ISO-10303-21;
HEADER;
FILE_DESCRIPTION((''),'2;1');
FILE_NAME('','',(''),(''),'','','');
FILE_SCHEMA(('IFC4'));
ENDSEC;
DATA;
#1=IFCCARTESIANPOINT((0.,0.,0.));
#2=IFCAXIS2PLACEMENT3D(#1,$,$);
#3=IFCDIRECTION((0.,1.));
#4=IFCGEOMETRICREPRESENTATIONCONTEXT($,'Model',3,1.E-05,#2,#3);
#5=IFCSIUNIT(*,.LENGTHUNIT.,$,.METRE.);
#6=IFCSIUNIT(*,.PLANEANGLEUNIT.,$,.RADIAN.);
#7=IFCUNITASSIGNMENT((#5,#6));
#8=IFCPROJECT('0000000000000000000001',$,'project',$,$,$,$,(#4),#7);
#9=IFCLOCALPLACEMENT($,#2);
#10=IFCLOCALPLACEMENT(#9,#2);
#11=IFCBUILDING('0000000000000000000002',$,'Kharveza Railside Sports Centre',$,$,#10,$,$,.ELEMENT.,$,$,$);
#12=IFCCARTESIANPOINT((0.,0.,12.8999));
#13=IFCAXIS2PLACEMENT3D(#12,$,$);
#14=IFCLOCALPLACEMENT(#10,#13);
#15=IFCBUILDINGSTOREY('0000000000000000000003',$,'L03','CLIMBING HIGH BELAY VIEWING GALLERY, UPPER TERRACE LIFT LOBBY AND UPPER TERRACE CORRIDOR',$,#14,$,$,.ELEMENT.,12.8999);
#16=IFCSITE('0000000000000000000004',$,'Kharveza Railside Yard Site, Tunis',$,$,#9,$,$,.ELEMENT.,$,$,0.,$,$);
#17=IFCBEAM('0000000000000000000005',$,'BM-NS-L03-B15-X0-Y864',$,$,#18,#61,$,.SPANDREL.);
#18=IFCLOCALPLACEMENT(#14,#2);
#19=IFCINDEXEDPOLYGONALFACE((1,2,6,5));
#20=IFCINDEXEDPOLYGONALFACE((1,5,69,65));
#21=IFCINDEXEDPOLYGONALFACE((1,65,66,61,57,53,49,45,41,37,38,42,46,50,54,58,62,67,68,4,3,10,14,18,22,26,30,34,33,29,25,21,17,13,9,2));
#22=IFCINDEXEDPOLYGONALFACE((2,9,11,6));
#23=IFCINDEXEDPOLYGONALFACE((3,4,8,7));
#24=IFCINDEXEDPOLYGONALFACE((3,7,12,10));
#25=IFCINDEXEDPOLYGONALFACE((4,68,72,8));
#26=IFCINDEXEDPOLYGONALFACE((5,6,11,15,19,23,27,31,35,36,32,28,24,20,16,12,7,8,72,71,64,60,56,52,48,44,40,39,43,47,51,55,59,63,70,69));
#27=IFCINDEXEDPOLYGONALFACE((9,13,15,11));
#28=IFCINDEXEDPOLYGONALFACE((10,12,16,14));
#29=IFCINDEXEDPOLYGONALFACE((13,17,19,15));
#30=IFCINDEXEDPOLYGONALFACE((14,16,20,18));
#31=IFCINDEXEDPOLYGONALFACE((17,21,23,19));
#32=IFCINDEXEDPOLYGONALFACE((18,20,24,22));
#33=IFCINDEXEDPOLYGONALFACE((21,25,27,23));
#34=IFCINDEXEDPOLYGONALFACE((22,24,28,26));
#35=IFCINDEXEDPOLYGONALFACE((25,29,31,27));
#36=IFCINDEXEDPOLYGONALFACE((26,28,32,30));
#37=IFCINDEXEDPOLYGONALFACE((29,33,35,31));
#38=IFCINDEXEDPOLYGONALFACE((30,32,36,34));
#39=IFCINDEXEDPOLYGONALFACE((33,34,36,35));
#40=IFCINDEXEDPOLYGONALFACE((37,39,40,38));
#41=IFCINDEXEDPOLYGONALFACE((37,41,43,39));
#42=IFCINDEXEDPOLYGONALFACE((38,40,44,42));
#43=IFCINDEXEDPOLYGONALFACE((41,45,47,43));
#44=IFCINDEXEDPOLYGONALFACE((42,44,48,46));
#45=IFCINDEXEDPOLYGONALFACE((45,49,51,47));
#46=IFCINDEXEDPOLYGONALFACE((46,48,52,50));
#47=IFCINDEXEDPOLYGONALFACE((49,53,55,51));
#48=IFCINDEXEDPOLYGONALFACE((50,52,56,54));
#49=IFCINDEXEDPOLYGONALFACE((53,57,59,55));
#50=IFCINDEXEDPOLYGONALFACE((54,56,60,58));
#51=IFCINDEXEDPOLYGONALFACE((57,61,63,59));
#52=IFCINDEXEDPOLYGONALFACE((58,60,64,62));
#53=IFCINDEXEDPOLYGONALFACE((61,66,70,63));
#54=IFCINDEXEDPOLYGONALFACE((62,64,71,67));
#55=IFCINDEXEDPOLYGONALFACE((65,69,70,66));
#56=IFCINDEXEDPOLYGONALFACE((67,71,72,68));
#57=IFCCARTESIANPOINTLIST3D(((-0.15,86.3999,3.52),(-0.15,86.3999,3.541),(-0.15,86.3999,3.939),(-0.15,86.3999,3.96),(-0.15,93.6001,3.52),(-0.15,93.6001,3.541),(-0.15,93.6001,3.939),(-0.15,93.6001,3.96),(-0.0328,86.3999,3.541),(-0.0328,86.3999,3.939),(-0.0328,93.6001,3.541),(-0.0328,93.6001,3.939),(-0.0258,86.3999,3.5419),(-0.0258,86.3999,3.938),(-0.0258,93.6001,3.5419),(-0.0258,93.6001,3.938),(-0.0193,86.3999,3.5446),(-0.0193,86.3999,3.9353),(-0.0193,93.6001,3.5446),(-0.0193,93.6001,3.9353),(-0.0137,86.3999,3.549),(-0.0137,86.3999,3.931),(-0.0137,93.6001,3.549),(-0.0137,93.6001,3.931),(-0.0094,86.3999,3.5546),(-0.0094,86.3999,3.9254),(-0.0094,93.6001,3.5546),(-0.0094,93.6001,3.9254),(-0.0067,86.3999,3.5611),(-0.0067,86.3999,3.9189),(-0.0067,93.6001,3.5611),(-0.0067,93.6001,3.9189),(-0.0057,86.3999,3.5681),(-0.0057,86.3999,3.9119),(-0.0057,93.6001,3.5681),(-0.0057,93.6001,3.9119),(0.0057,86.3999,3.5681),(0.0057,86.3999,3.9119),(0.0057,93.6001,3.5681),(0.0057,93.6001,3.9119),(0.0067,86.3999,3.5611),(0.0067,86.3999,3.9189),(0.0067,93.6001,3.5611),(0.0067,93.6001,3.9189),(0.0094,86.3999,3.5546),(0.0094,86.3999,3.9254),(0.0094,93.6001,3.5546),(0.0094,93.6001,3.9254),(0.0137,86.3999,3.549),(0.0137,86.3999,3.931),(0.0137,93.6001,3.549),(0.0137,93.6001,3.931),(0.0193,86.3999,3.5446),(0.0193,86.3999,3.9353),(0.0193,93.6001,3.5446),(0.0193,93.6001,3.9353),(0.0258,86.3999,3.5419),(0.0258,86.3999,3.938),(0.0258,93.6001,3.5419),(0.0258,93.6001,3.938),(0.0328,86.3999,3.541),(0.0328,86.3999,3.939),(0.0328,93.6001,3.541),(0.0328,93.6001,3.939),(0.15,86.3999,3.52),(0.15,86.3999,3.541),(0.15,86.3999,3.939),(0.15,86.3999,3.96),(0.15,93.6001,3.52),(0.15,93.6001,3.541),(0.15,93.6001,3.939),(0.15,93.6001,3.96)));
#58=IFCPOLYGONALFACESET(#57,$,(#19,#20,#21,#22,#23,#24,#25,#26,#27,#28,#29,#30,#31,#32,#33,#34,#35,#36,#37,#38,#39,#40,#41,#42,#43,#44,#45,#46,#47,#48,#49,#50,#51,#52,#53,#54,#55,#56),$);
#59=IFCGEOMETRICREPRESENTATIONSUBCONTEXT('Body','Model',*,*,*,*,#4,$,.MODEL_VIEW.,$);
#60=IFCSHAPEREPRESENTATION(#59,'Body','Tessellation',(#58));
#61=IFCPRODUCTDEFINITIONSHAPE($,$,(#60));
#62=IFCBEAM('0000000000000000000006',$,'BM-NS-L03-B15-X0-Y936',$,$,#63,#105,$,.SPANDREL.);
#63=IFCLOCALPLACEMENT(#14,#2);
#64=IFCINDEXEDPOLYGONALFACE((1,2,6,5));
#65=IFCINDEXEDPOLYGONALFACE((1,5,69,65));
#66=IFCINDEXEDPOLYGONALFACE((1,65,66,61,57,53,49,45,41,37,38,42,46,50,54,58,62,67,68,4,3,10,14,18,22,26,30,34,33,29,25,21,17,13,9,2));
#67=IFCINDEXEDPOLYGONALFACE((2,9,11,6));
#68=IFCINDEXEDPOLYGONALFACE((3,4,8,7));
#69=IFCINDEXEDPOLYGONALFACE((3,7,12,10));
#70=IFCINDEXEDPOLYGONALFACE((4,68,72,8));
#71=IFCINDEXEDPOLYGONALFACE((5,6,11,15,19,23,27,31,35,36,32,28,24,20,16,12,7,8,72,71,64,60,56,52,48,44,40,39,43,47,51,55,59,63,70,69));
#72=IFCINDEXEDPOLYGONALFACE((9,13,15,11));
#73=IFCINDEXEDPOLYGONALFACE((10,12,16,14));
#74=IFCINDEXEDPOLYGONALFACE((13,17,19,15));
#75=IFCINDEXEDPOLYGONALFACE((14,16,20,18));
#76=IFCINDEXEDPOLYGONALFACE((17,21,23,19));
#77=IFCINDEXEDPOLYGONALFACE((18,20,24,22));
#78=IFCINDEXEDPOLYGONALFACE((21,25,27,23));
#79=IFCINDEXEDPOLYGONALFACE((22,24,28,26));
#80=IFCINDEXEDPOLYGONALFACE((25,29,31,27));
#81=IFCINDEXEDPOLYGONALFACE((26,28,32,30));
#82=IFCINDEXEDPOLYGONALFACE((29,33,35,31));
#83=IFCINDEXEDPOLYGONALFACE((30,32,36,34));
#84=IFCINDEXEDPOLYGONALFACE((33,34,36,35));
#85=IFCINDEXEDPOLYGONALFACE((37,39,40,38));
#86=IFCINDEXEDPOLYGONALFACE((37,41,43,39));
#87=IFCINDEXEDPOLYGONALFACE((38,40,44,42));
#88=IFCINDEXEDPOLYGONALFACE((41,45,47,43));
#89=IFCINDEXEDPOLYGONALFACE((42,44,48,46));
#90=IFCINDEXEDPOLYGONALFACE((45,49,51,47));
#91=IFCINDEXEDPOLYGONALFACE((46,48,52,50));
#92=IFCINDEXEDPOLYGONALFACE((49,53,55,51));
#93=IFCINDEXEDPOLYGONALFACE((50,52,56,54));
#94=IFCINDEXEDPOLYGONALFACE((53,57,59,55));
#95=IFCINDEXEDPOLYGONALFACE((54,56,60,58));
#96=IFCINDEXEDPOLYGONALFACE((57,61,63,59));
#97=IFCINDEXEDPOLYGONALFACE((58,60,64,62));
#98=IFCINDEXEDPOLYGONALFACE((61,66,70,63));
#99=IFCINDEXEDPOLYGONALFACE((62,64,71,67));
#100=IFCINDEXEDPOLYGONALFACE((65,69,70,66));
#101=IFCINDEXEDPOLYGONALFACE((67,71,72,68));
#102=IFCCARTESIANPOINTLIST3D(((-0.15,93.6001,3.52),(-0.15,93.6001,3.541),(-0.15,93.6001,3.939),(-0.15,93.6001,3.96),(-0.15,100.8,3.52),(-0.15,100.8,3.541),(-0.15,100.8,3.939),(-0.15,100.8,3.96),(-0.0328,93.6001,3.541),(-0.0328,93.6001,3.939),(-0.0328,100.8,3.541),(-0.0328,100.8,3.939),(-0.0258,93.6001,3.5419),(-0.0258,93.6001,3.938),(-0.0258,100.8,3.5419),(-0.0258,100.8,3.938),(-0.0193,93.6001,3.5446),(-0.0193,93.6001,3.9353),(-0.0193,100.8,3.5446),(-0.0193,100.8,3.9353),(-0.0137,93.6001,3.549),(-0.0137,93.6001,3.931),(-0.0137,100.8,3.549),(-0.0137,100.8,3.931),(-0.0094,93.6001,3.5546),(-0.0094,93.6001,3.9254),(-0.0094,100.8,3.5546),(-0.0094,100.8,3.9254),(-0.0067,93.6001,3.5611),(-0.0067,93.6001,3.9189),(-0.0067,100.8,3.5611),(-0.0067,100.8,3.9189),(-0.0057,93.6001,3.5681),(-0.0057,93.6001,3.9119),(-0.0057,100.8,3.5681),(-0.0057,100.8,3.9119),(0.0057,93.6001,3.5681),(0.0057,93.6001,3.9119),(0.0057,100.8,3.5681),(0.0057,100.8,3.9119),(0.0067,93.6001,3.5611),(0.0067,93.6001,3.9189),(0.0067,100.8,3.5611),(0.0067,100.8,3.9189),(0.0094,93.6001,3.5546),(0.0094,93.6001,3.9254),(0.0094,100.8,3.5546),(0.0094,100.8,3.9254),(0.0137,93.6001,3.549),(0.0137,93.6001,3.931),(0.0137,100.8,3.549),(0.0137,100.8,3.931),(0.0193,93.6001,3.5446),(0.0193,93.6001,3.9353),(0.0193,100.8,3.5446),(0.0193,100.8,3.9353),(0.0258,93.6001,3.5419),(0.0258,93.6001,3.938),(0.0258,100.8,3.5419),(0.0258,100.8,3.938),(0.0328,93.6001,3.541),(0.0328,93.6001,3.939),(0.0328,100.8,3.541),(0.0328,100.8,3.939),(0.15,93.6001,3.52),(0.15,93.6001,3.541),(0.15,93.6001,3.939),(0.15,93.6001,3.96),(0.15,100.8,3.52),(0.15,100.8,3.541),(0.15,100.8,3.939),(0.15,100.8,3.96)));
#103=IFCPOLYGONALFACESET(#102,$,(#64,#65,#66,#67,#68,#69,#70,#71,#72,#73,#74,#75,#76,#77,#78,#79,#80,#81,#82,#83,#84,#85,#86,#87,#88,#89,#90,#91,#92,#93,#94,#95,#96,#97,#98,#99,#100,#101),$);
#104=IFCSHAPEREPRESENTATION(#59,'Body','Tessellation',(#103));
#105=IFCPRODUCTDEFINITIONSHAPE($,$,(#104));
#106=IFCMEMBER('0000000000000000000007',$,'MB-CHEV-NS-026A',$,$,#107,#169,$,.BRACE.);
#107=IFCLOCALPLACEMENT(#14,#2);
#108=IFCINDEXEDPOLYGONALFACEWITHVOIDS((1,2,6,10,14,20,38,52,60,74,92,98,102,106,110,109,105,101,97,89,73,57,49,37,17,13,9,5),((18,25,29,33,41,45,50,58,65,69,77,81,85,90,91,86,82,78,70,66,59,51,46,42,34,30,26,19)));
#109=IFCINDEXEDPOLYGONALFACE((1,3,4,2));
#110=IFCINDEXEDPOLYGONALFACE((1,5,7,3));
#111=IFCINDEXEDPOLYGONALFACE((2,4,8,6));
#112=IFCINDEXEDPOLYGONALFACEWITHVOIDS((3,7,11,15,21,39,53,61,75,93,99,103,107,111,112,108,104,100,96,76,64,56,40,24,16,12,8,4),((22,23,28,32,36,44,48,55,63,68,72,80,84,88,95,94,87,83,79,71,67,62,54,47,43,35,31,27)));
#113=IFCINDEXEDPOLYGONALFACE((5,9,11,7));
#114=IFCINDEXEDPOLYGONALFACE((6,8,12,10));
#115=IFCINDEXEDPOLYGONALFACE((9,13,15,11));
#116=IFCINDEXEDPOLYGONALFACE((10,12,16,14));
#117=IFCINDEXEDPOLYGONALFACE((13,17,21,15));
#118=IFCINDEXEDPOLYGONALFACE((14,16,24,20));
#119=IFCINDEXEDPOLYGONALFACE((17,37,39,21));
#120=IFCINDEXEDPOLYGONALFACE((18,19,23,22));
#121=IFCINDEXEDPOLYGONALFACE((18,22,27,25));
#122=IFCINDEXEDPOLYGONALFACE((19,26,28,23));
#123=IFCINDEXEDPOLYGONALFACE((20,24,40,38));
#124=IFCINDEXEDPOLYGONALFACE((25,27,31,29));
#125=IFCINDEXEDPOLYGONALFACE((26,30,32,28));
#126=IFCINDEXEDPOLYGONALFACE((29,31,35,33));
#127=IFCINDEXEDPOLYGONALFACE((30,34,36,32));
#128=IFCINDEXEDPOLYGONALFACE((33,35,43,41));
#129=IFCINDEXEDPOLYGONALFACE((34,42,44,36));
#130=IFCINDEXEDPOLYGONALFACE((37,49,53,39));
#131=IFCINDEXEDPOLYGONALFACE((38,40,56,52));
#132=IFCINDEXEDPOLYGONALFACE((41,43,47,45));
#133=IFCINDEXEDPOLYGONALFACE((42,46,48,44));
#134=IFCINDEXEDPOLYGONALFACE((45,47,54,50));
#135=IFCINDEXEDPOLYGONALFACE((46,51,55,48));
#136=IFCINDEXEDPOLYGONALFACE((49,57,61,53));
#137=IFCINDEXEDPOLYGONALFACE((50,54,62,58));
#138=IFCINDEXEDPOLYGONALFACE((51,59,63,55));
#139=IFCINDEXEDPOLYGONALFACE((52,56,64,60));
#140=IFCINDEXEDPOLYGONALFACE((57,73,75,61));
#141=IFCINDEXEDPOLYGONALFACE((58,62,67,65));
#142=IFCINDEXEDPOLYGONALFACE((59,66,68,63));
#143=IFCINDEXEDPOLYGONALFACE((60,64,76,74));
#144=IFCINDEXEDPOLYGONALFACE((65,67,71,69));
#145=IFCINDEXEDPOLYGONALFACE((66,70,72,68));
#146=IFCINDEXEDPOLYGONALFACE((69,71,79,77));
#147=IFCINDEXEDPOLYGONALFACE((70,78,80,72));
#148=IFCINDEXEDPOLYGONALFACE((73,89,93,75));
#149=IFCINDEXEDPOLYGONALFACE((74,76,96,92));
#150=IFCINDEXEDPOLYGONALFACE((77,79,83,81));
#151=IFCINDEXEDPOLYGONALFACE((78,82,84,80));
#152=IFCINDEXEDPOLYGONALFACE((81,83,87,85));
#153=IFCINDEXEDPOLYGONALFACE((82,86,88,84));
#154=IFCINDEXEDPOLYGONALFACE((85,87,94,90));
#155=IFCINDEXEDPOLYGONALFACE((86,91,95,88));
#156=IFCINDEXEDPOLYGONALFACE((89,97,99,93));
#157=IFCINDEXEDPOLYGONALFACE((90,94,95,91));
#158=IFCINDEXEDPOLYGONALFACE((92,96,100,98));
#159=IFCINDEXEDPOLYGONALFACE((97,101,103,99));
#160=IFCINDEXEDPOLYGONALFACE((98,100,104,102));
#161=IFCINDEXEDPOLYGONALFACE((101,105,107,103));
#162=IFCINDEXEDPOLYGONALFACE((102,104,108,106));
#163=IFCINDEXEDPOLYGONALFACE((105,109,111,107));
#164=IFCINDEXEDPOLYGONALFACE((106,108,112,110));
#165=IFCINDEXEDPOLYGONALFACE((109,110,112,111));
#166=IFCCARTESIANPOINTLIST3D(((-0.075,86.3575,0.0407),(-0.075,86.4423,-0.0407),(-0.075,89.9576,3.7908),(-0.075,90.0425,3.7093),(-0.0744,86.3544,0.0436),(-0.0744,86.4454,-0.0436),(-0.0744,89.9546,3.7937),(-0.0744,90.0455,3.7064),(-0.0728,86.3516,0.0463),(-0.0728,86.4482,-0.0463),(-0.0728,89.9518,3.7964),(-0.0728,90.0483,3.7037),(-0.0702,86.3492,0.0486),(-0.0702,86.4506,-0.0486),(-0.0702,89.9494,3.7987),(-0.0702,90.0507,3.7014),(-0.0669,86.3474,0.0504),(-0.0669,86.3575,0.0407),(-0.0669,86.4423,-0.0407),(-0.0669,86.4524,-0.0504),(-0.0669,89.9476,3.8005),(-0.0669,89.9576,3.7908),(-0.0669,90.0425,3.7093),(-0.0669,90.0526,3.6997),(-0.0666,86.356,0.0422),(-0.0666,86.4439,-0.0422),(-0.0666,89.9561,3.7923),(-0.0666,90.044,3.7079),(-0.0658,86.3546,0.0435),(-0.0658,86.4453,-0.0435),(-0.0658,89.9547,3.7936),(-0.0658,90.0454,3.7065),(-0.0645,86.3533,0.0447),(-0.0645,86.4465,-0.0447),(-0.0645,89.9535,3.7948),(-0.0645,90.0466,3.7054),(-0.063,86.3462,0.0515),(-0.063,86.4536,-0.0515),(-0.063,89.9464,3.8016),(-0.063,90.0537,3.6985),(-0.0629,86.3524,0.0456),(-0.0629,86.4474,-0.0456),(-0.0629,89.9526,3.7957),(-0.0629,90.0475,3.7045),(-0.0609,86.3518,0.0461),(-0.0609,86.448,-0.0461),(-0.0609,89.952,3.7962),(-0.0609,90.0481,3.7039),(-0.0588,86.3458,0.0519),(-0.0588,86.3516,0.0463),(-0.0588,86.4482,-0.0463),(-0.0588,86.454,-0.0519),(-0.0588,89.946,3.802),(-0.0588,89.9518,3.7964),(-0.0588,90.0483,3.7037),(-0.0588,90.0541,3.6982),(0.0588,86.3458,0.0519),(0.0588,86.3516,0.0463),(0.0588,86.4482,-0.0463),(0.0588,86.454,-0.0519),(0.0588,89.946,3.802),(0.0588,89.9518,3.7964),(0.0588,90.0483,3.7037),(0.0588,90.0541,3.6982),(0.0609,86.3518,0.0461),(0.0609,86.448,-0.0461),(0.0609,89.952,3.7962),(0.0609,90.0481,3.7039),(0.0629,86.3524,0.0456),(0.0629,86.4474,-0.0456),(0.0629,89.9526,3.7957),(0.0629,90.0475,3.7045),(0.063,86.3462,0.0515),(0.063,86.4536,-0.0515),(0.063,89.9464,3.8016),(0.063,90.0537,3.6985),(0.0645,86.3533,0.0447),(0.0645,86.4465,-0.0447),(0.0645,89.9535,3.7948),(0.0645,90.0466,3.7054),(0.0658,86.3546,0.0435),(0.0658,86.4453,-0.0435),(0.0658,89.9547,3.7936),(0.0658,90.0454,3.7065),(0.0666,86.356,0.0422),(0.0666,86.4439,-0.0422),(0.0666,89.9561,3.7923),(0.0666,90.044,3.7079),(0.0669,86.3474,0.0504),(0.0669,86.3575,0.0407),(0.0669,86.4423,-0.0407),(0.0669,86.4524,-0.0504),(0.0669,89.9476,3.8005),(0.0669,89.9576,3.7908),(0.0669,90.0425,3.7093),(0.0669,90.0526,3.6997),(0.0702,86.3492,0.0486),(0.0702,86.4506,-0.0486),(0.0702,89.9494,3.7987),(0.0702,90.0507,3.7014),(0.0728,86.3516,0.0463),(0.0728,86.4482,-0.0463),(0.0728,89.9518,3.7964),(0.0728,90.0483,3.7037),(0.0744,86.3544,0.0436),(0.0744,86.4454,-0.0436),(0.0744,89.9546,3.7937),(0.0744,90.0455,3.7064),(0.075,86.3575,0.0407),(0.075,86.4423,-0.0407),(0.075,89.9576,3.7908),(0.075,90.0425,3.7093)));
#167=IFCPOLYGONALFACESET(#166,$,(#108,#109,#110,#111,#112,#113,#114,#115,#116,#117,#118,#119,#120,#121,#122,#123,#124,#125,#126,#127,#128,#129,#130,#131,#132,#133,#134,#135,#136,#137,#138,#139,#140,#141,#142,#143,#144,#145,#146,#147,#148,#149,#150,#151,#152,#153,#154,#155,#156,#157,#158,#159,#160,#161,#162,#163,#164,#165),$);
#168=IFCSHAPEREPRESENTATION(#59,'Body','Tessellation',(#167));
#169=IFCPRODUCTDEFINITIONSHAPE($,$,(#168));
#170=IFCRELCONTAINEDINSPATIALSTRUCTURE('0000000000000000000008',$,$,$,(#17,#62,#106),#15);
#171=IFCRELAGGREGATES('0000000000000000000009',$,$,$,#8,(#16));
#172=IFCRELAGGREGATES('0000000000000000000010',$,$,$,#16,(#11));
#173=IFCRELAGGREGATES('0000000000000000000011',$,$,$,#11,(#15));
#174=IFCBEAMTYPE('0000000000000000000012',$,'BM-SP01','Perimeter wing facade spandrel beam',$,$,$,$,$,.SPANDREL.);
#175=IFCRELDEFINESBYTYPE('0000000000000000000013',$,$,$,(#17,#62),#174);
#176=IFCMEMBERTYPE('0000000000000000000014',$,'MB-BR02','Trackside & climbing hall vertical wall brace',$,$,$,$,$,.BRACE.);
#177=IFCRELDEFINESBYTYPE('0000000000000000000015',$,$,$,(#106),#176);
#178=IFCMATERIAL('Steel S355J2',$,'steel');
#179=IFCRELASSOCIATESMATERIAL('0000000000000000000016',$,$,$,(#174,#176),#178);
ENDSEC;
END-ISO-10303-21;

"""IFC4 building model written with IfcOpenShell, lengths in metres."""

from ifc_helpers import new_model, si_unit, direction, frame, origin, origin_2d, place, context, subcontext, project, spatial, hollow_rectangle, i_section, extrude, material, material_profile, profile_set, type_object, element, save


model = new_model("IFC4")

# Units and contexts
model_context = context("Model", 3, precision=1e-05, world=origin(), true_north=direction((0.0, 1.0)))
body_context = subcontext(model_context, "Body", "Model", "MODEL_VIEW")
ifc_project = project(units=[si_unit("LENGTHUNIT", "METRE"), si_unit("PLANEANGLEUNIT", "RADIAN")], contexts=[model_context])

# Site, building, storey
site_placement = place(None, origin())
site = spatial("IfcSite", under=ifc_project, at=site_placement, Name="Kharveza Railside Yard Site, Tunis", CompositionType="ELEMENT", RefElevation=0.0)
building_placement = place(site_placement, origin())
building = spatial("IfcBuilding", under=site, at=building_placement, Name="Kharveza Railside Sports Centre", CompositionType="ELEMENT")
storey_placement = place(building_placement, frame((0.0, 0.0, 12.8999)))
storey = spatial("IfcBuildingStorey", under=building, at=storey_placement, Name="L03", Description="CLIMBING HIGH BELAY VIEWING GALLERY, UPPER TERRACE LIFT LOBBY AND UPPER TERRACE CORRIDOR", CompositionType="ELEMENT", Elevation=12.8999)

# Shared definitions
ifc_material_1 = material(Name="Steel S355J2", Category="steel")

# Beams
ifc_material_profile_1 = material_profile(ifc_material_1, i_section(OverallWidth=0.3, OverallDepth=0.4399, WebThickness=0.0115, FlangeThickness=0.021, FilletRadius=0.0271, at=origin_2d()), Name="HEA 450")
ifc_profile_set_1 = profile_set([ifc_material_profile_1], Name="Steel S355J2")
beam_type_1 = type_object("IfcBeamType", Name="BM-SP01", Description="Perimeter wing facade spandrel beam", PredefinedType="SPANDREL", material=ifc_profile_set_1)
beam_1_placement = place(storey_placement, frame((0.0, 86.3999, 3.74), z_axis=(0.0, 1.0, 0.0), x_axis=(-1.0, 0.0, 0.0)))
element("IfcBeam", 1, at=beam_1_placement, inside=storey, type_object=beam_type_1, Name="BM-NS-L03-B15-X0-Y864", PredefinedType="SPANDREL", context=body_context, shape_type="SweptSolid", body=[
    extrude(i_section(OverallWidth=0.3, OverallDepth=0.4399, WebThickness=0.0115, FlangeThickness=0.021, FilletRadius=0.0271, at=origin_2d()), origin(), (0.0, 0.0, 1.0), 7.2002),
])
beam_2_placement = place(storey_placement, frame((0.0, 93.6001, 3.74), z_axis=(0.0, 1.0, 0.0), x_axis=(-1.0, 0.0, 0.0)))
element("IfcBeam", 2, at=beam_2_placement, inside=storey, type_object=beam_type_1, Name="BM-NS-L03-B15-X0-Y936", PredefinedType="SPANDREL", context=body_context, shape_type="SweptSolid", body=[
    extrude(i_section(OverallWidth=0.3, OverallDepth=0.4399, WebThickness=0.0115, FlangeThickness=0.021, FilletRadius=0.0271, at=origin_2d()), origin(), (0.0, 0.0, 1.0), 7.2),
])

# Member
ifc_material_profile_2 = material_profile(ifc_material_1, hollow_rectangle(XDim=0.1499, YDim=0.1499, WallThickness=0.0081, InnerFilletRadius=0.0081, OuterFilletRadius=0.0161, at=origin_2d()), Name="SHS 150x150x8.0")
ifc_profile_set_2 = profile_set([ifc_material_profile_2], Name="Steel S355J2")
member_type = type_object("IfcMemberType", Name="MB-BR02", Description="Trackside & climbing hall vertical wall brace", PredefinedType="BRACE", material=ifc_profile_set_2)
for number, where, z_axis, x_axis, name in (
    (3, (0.0, 86.3999, 0.0), (0.0, 0.692542, 0.721378), (-1.0, 0.0, 0.0), "MB-CHEV-NS-026A"),
):
    element("IfcMember", number, at=place(storey_placement, frame(where, z_axis=z_axis, x_axis=x_axis)), inside=storey, type_object=member_type, Name=name, PredefinedType="BRACE", context=body_context, shape_type="SweptSolid", body=[
        extrude(hollow_rectangle(XDim=0.1499, YDim=0.1499, WallThickness=0.0081, InnerFilletRadius=0.0081, OuterFilletRadius=0.0161, at=origin_2d()), origin(), (0.0, 0.0, 1.0), 5.1985),
    ])

save(model, "model.ifc")
